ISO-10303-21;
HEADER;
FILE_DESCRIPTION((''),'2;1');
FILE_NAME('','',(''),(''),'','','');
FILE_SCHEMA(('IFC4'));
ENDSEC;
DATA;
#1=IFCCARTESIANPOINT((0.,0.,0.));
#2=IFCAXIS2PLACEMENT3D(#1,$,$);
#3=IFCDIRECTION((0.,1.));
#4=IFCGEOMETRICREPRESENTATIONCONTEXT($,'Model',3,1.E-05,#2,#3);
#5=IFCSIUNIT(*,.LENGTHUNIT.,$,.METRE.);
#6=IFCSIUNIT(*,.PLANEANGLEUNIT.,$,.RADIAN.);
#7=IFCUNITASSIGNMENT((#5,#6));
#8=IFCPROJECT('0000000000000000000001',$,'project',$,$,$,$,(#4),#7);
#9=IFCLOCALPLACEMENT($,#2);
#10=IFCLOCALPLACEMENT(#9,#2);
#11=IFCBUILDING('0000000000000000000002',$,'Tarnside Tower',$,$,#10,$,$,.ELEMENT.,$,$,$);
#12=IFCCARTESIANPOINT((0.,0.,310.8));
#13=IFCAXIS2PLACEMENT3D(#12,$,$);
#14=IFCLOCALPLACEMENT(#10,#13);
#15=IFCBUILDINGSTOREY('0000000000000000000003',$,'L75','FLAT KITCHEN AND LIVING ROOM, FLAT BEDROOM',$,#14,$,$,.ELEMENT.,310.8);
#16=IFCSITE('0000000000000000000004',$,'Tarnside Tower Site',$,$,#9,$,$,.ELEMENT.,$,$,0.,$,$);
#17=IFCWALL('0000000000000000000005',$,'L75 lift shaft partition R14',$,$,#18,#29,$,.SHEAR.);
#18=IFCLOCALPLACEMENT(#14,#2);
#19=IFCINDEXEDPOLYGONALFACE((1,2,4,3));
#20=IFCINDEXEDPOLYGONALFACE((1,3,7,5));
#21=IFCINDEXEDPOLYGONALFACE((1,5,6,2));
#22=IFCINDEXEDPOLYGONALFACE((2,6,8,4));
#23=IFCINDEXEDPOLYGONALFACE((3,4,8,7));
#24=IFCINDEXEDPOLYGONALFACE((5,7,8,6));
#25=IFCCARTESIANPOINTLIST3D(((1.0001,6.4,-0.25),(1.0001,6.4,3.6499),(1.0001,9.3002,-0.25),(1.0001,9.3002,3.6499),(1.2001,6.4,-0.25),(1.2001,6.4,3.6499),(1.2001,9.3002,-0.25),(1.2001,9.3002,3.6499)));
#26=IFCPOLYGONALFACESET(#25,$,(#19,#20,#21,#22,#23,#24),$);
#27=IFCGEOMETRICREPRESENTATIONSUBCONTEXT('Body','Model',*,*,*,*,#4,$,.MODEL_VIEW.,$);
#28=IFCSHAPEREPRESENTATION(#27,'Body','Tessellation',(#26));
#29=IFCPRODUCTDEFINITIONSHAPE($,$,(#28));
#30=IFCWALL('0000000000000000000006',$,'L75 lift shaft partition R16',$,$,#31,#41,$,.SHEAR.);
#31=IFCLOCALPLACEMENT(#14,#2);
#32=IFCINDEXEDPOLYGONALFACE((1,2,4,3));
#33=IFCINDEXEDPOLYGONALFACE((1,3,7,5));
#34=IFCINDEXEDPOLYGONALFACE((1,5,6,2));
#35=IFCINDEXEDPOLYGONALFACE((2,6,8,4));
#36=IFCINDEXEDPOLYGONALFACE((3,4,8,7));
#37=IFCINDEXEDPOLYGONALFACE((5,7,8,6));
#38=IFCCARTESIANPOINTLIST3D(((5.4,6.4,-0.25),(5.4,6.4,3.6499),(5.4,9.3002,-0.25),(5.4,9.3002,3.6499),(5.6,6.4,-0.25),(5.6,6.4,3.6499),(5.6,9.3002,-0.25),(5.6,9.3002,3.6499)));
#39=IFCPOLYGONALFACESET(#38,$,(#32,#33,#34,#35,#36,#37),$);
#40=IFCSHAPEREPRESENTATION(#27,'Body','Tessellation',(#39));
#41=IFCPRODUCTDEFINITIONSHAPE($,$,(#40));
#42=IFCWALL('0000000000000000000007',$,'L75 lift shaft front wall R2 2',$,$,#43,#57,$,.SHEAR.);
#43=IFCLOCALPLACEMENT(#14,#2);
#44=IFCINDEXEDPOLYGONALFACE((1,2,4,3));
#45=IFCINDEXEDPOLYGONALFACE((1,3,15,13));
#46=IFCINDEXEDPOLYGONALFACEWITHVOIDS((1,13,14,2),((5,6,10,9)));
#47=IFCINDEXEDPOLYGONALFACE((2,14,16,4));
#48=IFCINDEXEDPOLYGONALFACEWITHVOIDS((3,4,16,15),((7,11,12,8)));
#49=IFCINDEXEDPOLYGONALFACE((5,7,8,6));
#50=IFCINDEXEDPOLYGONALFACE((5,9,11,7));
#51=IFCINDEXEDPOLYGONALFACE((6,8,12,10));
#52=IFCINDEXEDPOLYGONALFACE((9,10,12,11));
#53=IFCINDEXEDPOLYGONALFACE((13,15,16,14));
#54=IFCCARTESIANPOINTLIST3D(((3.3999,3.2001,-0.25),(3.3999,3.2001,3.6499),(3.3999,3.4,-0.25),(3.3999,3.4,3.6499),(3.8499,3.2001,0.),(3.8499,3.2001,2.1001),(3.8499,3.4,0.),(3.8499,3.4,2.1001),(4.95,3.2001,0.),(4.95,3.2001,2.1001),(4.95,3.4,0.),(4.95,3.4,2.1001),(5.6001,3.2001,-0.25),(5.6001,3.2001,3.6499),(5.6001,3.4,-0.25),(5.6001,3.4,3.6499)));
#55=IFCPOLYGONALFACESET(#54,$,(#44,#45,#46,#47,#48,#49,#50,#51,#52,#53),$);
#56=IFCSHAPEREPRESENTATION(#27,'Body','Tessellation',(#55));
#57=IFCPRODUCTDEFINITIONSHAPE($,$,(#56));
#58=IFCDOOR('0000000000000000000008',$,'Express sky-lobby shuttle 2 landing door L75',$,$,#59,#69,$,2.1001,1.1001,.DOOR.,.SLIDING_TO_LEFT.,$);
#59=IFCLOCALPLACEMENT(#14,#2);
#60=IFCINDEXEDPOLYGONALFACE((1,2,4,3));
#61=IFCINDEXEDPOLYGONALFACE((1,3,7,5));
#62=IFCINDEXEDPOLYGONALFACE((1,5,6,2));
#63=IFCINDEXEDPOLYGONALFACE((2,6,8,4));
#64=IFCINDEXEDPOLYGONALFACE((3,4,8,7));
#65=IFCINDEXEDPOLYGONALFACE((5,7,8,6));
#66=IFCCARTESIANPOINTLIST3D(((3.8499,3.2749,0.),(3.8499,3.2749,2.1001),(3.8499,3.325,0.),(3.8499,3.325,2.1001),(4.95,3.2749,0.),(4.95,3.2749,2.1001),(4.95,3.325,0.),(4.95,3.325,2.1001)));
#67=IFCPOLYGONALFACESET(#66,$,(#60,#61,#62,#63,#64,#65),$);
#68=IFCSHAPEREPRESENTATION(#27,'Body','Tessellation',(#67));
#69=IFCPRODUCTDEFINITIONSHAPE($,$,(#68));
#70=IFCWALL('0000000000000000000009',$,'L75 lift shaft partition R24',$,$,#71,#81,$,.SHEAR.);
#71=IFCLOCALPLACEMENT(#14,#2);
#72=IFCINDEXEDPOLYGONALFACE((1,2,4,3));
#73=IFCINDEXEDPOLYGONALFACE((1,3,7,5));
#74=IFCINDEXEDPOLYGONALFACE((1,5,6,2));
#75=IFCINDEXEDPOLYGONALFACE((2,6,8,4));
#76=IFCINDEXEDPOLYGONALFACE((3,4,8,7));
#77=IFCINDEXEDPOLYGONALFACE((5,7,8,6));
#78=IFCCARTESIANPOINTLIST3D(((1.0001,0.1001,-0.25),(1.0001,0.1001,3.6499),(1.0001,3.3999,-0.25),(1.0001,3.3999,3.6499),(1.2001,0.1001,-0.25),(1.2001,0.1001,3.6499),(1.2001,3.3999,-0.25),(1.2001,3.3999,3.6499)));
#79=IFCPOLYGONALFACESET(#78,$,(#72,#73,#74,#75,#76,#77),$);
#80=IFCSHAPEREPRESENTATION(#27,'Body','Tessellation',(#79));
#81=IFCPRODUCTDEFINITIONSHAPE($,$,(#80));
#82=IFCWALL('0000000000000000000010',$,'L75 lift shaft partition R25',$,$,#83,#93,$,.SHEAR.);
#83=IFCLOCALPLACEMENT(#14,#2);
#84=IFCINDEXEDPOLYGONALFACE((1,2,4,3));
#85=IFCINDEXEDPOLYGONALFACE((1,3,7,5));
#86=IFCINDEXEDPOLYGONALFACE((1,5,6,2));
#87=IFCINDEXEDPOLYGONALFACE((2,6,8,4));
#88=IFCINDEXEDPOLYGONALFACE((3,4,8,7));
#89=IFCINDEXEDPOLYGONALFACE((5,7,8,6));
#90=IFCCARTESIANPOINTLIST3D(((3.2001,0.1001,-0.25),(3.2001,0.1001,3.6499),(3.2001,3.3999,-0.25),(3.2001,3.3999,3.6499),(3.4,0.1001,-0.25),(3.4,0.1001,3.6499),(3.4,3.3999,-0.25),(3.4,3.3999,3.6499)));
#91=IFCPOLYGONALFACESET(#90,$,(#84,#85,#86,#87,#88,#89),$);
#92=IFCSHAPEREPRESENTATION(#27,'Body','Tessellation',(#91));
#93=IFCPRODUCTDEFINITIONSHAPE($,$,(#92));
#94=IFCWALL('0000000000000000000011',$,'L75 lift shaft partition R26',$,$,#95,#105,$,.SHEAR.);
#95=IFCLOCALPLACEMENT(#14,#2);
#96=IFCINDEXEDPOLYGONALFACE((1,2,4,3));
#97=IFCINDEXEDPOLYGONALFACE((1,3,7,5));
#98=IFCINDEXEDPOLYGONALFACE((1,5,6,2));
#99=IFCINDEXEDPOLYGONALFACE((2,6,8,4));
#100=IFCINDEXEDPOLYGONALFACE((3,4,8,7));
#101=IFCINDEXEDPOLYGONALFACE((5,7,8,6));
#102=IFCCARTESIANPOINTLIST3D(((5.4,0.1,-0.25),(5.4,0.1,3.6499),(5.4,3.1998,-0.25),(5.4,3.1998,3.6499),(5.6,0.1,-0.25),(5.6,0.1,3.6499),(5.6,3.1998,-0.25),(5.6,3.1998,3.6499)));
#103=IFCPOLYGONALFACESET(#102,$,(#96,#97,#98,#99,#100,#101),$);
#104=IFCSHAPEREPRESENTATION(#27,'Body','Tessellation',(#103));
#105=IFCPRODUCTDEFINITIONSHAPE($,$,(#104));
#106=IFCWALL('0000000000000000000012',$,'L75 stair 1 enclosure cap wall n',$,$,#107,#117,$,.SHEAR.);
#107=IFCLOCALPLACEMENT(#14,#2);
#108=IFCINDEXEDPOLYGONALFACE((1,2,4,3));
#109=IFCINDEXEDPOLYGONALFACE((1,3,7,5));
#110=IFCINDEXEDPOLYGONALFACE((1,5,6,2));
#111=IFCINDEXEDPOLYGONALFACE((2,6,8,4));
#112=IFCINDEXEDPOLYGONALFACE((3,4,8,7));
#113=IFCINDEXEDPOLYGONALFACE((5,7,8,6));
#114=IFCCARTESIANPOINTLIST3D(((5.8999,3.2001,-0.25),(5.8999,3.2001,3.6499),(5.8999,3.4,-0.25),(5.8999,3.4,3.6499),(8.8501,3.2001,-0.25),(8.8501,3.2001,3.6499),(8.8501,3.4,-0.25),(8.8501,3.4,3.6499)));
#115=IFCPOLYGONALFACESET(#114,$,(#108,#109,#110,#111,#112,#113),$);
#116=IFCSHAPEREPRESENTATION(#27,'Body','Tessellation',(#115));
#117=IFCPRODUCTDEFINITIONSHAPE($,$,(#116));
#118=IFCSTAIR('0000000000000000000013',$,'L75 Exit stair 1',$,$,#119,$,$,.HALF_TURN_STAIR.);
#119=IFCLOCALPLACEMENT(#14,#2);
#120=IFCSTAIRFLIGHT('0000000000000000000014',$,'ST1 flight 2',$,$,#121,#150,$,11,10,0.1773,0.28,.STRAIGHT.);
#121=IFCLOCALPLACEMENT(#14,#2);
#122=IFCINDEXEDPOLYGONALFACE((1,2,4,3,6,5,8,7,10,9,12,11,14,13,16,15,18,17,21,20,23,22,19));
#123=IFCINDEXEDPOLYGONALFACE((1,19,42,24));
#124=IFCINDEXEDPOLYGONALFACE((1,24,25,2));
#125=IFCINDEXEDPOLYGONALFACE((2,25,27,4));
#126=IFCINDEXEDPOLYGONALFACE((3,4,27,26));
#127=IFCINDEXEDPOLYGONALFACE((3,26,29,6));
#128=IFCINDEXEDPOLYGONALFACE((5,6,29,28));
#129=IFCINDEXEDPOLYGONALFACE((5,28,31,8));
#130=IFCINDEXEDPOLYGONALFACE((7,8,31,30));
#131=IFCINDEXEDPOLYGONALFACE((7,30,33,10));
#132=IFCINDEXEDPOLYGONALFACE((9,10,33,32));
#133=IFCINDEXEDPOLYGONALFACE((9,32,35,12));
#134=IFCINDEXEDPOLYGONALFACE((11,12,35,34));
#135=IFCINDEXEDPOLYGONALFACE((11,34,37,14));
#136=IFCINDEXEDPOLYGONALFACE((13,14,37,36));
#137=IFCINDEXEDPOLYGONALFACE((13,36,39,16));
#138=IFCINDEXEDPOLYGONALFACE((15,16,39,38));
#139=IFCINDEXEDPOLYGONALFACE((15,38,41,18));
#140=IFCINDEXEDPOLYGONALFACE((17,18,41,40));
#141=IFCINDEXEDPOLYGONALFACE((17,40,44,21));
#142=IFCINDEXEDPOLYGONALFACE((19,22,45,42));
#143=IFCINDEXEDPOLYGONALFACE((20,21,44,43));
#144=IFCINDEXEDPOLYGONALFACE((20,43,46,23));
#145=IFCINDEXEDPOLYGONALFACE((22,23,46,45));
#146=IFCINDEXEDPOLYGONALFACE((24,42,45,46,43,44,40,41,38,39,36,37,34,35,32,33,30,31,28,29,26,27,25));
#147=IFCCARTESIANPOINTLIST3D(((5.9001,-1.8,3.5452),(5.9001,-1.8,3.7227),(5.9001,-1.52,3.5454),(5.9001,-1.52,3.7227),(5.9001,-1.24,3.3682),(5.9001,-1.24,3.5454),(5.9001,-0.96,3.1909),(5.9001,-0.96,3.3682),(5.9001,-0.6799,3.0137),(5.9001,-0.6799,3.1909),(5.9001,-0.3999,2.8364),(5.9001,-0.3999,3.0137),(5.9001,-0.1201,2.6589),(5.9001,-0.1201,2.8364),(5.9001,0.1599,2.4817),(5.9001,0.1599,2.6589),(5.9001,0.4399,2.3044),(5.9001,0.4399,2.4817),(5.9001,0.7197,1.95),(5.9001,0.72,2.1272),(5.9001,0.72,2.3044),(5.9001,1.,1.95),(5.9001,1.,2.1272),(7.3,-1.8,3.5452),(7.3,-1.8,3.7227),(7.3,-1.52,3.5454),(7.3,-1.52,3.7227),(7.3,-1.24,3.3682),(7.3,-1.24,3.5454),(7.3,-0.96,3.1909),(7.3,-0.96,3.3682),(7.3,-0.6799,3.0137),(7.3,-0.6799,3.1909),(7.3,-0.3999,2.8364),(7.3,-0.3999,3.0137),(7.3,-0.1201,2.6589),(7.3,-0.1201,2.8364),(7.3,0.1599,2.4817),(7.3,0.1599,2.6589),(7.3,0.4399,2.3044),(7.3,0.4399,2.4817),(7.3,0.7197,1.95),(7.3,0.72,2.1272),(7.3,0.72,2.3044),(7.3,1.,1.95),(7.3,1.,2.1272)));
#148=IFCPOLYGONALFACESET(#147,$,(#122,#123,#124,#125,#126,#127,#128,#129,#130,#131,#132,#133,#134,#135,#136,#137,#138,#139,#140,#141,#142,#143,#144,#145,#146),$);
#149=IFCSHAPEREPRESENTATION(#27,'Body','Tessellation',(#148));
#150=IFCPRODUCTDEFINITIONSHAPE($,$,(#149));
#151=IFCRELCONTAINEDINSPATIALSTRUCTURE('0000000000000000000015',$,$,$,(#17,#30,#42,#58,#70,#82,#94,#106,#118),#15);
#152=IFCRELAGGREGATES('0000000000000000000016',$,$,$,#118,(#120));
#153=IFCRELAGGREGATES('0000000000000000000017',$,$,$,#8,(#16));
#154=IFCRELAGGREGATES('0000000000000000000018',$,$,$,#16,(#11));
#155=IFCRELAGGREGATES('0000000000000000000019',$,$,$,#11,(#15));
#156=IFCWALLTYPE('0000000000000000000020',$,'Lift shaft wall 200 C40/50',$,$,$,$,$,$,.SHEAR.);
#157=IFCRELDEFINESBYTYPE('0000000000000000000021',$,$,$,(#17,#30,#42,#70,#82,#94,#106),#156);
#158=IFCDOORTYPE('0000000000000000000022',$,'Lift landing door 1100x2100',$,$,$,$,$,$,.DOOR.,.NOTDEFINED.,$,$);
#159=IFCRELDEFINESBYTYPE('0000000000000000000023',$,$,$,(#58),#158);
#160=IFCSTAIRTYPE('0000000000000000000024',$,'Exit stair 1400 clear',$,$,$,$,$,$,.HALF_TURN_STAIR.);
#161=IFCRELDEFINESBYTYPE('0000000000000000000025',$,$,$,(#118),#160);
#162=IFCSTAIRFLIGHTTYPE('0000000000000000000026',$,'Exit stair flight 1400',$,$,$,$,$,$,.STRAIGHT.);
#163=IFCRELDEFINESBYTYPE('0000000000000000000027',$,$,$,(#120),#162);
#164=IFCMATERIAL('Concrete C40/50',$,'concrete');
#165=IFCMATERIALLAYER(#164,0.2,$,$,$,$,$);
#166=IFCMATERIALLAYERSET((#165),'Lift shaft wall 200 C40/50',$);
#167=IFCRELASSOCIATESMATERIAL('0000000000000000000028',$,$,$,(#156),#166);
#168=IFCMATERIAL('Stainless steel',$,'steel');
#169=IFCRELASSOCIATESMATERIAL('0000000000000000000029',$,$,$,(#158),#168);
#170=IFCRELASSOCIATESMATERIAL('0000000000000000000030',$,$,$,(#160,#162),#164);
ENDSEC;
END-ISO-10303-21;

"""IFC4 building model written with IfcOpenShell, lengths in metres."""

from ifc_helpers import new_model, si_unit, direction, frame, frame_2d, origin, place, context, subcontext, project, spatial, polyline, rectangle, outline, extrude, material, layer, layer_set, type_object, element, fill, aggregate, save


model = new_model("IFC4")

# Units and contexts
model_context = context("Model", 3, precision=1e-05, world=origin(), true_north=direction((0.0, 1.0)))
body_context = subcontext(model_context, "Body", "Model", "MODEL_VIEW")
ifc_project = project(units=[si_unit("LENGTHUNIT", "METRE"), si_unit("PLANEANGLEUNIT", "RADIAN")], contexts=[model_context])

# Site, building, storey
site_placement = place(None, origin())
site = spatial("IfcSite", under=ifc_project, at=site_placement, Name="Tarnside Tower Site", CompositionType="ELEMENT", RefElevation=0.0)
building_placement = place(site_placement, origin())
building = spatial("IfcBuilding", under=site, at=building_placement, Name="Tarnside Tower", CompositionType="ELEMENT")
storey_placement = place(building_placement, frame((0.0, 0.0, 310.8)))
storey = spatial("IfcBuildingStorey", under=building, at=storey_placement, Name="L75", Description="FLAT KITCHEN AND LIVING ROOM, FLAT BEDROOM", CompositionType="ELEMENT", Elevation=310.8)

# Shared definitions
ifc_material_1 = material(Name="Concrete C40/50", Category="concrete")

# Walls
ifc_layer_1 = layer(ifc_material_1, 0.2)
ifc_layer_set_1 = layer_set([ifc_layer_1], Name="Lift shaft wall 200 C40/50")
wall_type_1 = type_object("IfcWallType", Name="Lift shaft wall 200 C40/50", PredefinedType="SHEAR", material=ifc_layer_set_1)
for number, where, z_axis, x_axis, name in (
    (1, (1.1001, 6.3999, -0.25), (0.0, 0.0, 1.0), (0.0, 1.0, 0.0), "L75 lift shaft partition R14"),
    (2, (5.5, 6.3999, -0.25), (0.0, 0.0, 1.0), (0.0, 1.0, 0.0), "L75 lift shaft partition R16"),
):
    element("IfcWall", number, at=place(storey_placement, frame(where, z_axis=z_axis, x_axis=x_axis)), inside=storey, type_object=wall_type_1, Name=name, PredefinedType="SHEAR", context=body_context, shape_type="SweptSolid", body=[
        extrude(rectangle(XDim=2.9001, YDim=0.2, at=frame_2d((1.4502, 0.0))), origin(), (0.0, 0.0, 1.0), 3.8999),
    ])

# Wall, opening, door
wall_1_placement = place(storey_placement, frame((3.3999, 3.3, -0.25), z_axis=(0.0, 0.0, 1.0), x_axis=(1.0, 0.0, 0.0)))
wall_1 = element("IfcWall", 3, at=wall_1_placement, inside=storey, type_object=wall_type_1, Name="L75 lift shaft front wall R2 2", PredefinedType="SHEAR", context=body_context, shape_type="SweptSolid", body=[
    extrude(rectangle(XDim=2.2002, YDim=0.2, at=frame_2d((1.1001, 0.0))), origin(), (0.0, 0.0, 1.0), 3.8999),
])
opening_1_placement = place(wall_1_placement, frame((0.45, 0.0, 0.25)))
opening_1 = element("IfcOpeningElement", 4, at=opening_1_placement, cuts=wall_1, PredefinedType="OPENING", context=body_context, shape_type="SweptSolid", body=[
    extrude(rectangle(XDim=1.1001, YDim=2.1001, at=frame_2d((0.55, 1.05))), frame((0.0, 0.1099, 0.0), z_axis=(0.0, -1.0, 0.0), x_axis=(1.0, 0.0, 0.0)), (0.0, 0.0, 1.0), 0.22),
])
ifc_material_2 = material(Name="Stainless steel", Category="steel")
door_type_1 = type_object("IfcDoorType", Name="Lift landing door 1100x2100", OperationType="NOTDEFINED", PredefinedType="DOOR", material=ifc_material_2)
door_1_placement = place(opening_1_placement, origin())
door_1 = element("IfcDoor", 5, at=door_1_placement, inside=storey, type_object=door_type_1, Name="Express sky-lobby shuttle 2 landing door L75", OperationType="SLIDING_TO_LEFT", OverallHeight=2.1001, OverallWidth=1.1001, PredefinedType="DOOR", context=body_context, shape_type="SweptSolid", body=[
    extrude(rectangle(XDim=1.1001, YDim=2.1001, at=frame_2d((0.55, 1.05))), frame((0.0, 0.0249, 0.0), z_axis=(0.0, -1.0, 0.0), x_axis=(1.0, 0.0, 0.0)), (0.0, 0.0, 1.0), 0.05),
])
fill(opening_1, door_1)

# Walls
for number, where, z_axis, x_axis, name in (
    (6, (1.1001, 0.1001, -0.25), (0.0, 0.0, 1.0), (0.0, 1.0, 0.0), "L75 lift shaft partition R24"),
    (7, (3.3, 0.1001, -0.25), (0.0, 0.0, 1.0), (0.0, 1.0, 0.0), "L75 lift shaft partition R25"),
):
    element("IfcWall", number, at=place(storey_placement, frame(where, z_axis=z_axis, x_axis=x_axis)), inside=storey, type_object=wall_type_1, Name=name, PredefinedType="SHEAR", context=body_context, shape_type="SweptSolid", body=[
        extrude(rectangle(XDim=3.2998, YDim=0.2, at=frame_2d((1.6499, 0.0))), origin(), (0.0, 0.0, 1.0), 3.8999),
    ])
wall_2_placement = place(storey_placement, frame((5.5, 0.1001, -0.25), z_axis=(0.0, 0.0, 1.0), x_axis=(0.0, 1.0, 0.0)))
element("IfcWall", 8, at=wall_2_placement, inside=storey, type_object=wall_type_1, Name="L75 lift shaft partition R26", PredefinedType="SHEAR", context=body_context, shape_type="SweptSolid", body=[
    extrude(rectangle(XDim=3.0999, YDim=0.2, at=frame_2d((1.5498, 0.0))), origin(), (0.0, 0.0, 1.0), 3.8999),
])
wall_3_placement = place(storey_placement, frame((5.8999, 3.3, -0.25), z_axis=(0.0, 0.0, 1.0), x_axis=(1.0, 0.0, 0.0)))
element("IfcWall", 9, at=wall_3_placement, inside=storey, type_object=wall_type_1, Name="L75 stair 1 enclosure cap wall n", PredefinedType="SHEAR", context=body_context, shape_type="SweptSolid", body=[
    extrude(rectangle(XDim=2.9502, YDim=0.2, at=frame_2d((1.4751, 0.0))), origin(), (0.0, 0.0, 1.0), 3.8999),
])

# Stair, stair flight
stair_type = type_object("IfcStairType", Name="Exit stair 1400 clear", PredefinedType="HALF_TURN_STAIR", material=ifc_material_1)
stair_placement = place(storey_placement, origin())
stair = element("IfcStair", 10, at=stair_placement, inside=storey, type_object=stair_type, Name="L75 Exit stair 1", PredefinedType="HALF_TURN_STAIR")
stair_flight_type = type_object("IfcStairFlightType", Name="Exit stair flight 1400", PredefinedType="STRAIGHT", material=ifc_material_1)
stair_flight_placement = place(storey_placement, frame((6.6001, 1.0, 1.95), z_axis=(0.0, 0.0, 1.0), x_axis=(0.0, -1.0, 0.0)))
stair_flight = element("IfcStairFlight", 11, at=stair_flight_placement, type_object=stair_flight_type, Name="ST1 flight 2", NumberOfRisers=11, NumberOfTreads=10, PredefinedType="STRAIGHT", RiserHeight=0.1773, TreadLength=0.28, context=body_context, shape_type="SweptSolid", body=[
    extrude(outline(polyline([(0.0, 0.0), (0.0, 0.1772), (0.28, 0.1772), (0.28, 0.3545), (0.5601, 0.3545), (0.5601, 0.5317), (0.8401, 0.5317), (0.8401, 0.709), (1.1201, 0.709), (1.1201, 0.8865), (1.3999, 0.8865), (1.3999, 1.0637), (1.6799, 1.0637), (1.6799, 1.241), (1.96, 1.241), (1.96, 1.4182), (2.24, 1.4182), (2.24, 1.5955), (2.52, 1.5955), (2.52, 1.7727), (2.8, 1.7727), (2.8, 1.95), (2.8, 1.5952), (0.2803, 0.0), (0.0, 0.0)])), frame((0.0, 0.7, 0.0), z_axis=(0.0, -1.0, 0.0), x_axis=(1.0, 0.0, 0.0)), (0.0, 0.0, 1.0), 1.3999),
])
aggregate(stair, [stair_flight])

save(model, "model.ifc")
